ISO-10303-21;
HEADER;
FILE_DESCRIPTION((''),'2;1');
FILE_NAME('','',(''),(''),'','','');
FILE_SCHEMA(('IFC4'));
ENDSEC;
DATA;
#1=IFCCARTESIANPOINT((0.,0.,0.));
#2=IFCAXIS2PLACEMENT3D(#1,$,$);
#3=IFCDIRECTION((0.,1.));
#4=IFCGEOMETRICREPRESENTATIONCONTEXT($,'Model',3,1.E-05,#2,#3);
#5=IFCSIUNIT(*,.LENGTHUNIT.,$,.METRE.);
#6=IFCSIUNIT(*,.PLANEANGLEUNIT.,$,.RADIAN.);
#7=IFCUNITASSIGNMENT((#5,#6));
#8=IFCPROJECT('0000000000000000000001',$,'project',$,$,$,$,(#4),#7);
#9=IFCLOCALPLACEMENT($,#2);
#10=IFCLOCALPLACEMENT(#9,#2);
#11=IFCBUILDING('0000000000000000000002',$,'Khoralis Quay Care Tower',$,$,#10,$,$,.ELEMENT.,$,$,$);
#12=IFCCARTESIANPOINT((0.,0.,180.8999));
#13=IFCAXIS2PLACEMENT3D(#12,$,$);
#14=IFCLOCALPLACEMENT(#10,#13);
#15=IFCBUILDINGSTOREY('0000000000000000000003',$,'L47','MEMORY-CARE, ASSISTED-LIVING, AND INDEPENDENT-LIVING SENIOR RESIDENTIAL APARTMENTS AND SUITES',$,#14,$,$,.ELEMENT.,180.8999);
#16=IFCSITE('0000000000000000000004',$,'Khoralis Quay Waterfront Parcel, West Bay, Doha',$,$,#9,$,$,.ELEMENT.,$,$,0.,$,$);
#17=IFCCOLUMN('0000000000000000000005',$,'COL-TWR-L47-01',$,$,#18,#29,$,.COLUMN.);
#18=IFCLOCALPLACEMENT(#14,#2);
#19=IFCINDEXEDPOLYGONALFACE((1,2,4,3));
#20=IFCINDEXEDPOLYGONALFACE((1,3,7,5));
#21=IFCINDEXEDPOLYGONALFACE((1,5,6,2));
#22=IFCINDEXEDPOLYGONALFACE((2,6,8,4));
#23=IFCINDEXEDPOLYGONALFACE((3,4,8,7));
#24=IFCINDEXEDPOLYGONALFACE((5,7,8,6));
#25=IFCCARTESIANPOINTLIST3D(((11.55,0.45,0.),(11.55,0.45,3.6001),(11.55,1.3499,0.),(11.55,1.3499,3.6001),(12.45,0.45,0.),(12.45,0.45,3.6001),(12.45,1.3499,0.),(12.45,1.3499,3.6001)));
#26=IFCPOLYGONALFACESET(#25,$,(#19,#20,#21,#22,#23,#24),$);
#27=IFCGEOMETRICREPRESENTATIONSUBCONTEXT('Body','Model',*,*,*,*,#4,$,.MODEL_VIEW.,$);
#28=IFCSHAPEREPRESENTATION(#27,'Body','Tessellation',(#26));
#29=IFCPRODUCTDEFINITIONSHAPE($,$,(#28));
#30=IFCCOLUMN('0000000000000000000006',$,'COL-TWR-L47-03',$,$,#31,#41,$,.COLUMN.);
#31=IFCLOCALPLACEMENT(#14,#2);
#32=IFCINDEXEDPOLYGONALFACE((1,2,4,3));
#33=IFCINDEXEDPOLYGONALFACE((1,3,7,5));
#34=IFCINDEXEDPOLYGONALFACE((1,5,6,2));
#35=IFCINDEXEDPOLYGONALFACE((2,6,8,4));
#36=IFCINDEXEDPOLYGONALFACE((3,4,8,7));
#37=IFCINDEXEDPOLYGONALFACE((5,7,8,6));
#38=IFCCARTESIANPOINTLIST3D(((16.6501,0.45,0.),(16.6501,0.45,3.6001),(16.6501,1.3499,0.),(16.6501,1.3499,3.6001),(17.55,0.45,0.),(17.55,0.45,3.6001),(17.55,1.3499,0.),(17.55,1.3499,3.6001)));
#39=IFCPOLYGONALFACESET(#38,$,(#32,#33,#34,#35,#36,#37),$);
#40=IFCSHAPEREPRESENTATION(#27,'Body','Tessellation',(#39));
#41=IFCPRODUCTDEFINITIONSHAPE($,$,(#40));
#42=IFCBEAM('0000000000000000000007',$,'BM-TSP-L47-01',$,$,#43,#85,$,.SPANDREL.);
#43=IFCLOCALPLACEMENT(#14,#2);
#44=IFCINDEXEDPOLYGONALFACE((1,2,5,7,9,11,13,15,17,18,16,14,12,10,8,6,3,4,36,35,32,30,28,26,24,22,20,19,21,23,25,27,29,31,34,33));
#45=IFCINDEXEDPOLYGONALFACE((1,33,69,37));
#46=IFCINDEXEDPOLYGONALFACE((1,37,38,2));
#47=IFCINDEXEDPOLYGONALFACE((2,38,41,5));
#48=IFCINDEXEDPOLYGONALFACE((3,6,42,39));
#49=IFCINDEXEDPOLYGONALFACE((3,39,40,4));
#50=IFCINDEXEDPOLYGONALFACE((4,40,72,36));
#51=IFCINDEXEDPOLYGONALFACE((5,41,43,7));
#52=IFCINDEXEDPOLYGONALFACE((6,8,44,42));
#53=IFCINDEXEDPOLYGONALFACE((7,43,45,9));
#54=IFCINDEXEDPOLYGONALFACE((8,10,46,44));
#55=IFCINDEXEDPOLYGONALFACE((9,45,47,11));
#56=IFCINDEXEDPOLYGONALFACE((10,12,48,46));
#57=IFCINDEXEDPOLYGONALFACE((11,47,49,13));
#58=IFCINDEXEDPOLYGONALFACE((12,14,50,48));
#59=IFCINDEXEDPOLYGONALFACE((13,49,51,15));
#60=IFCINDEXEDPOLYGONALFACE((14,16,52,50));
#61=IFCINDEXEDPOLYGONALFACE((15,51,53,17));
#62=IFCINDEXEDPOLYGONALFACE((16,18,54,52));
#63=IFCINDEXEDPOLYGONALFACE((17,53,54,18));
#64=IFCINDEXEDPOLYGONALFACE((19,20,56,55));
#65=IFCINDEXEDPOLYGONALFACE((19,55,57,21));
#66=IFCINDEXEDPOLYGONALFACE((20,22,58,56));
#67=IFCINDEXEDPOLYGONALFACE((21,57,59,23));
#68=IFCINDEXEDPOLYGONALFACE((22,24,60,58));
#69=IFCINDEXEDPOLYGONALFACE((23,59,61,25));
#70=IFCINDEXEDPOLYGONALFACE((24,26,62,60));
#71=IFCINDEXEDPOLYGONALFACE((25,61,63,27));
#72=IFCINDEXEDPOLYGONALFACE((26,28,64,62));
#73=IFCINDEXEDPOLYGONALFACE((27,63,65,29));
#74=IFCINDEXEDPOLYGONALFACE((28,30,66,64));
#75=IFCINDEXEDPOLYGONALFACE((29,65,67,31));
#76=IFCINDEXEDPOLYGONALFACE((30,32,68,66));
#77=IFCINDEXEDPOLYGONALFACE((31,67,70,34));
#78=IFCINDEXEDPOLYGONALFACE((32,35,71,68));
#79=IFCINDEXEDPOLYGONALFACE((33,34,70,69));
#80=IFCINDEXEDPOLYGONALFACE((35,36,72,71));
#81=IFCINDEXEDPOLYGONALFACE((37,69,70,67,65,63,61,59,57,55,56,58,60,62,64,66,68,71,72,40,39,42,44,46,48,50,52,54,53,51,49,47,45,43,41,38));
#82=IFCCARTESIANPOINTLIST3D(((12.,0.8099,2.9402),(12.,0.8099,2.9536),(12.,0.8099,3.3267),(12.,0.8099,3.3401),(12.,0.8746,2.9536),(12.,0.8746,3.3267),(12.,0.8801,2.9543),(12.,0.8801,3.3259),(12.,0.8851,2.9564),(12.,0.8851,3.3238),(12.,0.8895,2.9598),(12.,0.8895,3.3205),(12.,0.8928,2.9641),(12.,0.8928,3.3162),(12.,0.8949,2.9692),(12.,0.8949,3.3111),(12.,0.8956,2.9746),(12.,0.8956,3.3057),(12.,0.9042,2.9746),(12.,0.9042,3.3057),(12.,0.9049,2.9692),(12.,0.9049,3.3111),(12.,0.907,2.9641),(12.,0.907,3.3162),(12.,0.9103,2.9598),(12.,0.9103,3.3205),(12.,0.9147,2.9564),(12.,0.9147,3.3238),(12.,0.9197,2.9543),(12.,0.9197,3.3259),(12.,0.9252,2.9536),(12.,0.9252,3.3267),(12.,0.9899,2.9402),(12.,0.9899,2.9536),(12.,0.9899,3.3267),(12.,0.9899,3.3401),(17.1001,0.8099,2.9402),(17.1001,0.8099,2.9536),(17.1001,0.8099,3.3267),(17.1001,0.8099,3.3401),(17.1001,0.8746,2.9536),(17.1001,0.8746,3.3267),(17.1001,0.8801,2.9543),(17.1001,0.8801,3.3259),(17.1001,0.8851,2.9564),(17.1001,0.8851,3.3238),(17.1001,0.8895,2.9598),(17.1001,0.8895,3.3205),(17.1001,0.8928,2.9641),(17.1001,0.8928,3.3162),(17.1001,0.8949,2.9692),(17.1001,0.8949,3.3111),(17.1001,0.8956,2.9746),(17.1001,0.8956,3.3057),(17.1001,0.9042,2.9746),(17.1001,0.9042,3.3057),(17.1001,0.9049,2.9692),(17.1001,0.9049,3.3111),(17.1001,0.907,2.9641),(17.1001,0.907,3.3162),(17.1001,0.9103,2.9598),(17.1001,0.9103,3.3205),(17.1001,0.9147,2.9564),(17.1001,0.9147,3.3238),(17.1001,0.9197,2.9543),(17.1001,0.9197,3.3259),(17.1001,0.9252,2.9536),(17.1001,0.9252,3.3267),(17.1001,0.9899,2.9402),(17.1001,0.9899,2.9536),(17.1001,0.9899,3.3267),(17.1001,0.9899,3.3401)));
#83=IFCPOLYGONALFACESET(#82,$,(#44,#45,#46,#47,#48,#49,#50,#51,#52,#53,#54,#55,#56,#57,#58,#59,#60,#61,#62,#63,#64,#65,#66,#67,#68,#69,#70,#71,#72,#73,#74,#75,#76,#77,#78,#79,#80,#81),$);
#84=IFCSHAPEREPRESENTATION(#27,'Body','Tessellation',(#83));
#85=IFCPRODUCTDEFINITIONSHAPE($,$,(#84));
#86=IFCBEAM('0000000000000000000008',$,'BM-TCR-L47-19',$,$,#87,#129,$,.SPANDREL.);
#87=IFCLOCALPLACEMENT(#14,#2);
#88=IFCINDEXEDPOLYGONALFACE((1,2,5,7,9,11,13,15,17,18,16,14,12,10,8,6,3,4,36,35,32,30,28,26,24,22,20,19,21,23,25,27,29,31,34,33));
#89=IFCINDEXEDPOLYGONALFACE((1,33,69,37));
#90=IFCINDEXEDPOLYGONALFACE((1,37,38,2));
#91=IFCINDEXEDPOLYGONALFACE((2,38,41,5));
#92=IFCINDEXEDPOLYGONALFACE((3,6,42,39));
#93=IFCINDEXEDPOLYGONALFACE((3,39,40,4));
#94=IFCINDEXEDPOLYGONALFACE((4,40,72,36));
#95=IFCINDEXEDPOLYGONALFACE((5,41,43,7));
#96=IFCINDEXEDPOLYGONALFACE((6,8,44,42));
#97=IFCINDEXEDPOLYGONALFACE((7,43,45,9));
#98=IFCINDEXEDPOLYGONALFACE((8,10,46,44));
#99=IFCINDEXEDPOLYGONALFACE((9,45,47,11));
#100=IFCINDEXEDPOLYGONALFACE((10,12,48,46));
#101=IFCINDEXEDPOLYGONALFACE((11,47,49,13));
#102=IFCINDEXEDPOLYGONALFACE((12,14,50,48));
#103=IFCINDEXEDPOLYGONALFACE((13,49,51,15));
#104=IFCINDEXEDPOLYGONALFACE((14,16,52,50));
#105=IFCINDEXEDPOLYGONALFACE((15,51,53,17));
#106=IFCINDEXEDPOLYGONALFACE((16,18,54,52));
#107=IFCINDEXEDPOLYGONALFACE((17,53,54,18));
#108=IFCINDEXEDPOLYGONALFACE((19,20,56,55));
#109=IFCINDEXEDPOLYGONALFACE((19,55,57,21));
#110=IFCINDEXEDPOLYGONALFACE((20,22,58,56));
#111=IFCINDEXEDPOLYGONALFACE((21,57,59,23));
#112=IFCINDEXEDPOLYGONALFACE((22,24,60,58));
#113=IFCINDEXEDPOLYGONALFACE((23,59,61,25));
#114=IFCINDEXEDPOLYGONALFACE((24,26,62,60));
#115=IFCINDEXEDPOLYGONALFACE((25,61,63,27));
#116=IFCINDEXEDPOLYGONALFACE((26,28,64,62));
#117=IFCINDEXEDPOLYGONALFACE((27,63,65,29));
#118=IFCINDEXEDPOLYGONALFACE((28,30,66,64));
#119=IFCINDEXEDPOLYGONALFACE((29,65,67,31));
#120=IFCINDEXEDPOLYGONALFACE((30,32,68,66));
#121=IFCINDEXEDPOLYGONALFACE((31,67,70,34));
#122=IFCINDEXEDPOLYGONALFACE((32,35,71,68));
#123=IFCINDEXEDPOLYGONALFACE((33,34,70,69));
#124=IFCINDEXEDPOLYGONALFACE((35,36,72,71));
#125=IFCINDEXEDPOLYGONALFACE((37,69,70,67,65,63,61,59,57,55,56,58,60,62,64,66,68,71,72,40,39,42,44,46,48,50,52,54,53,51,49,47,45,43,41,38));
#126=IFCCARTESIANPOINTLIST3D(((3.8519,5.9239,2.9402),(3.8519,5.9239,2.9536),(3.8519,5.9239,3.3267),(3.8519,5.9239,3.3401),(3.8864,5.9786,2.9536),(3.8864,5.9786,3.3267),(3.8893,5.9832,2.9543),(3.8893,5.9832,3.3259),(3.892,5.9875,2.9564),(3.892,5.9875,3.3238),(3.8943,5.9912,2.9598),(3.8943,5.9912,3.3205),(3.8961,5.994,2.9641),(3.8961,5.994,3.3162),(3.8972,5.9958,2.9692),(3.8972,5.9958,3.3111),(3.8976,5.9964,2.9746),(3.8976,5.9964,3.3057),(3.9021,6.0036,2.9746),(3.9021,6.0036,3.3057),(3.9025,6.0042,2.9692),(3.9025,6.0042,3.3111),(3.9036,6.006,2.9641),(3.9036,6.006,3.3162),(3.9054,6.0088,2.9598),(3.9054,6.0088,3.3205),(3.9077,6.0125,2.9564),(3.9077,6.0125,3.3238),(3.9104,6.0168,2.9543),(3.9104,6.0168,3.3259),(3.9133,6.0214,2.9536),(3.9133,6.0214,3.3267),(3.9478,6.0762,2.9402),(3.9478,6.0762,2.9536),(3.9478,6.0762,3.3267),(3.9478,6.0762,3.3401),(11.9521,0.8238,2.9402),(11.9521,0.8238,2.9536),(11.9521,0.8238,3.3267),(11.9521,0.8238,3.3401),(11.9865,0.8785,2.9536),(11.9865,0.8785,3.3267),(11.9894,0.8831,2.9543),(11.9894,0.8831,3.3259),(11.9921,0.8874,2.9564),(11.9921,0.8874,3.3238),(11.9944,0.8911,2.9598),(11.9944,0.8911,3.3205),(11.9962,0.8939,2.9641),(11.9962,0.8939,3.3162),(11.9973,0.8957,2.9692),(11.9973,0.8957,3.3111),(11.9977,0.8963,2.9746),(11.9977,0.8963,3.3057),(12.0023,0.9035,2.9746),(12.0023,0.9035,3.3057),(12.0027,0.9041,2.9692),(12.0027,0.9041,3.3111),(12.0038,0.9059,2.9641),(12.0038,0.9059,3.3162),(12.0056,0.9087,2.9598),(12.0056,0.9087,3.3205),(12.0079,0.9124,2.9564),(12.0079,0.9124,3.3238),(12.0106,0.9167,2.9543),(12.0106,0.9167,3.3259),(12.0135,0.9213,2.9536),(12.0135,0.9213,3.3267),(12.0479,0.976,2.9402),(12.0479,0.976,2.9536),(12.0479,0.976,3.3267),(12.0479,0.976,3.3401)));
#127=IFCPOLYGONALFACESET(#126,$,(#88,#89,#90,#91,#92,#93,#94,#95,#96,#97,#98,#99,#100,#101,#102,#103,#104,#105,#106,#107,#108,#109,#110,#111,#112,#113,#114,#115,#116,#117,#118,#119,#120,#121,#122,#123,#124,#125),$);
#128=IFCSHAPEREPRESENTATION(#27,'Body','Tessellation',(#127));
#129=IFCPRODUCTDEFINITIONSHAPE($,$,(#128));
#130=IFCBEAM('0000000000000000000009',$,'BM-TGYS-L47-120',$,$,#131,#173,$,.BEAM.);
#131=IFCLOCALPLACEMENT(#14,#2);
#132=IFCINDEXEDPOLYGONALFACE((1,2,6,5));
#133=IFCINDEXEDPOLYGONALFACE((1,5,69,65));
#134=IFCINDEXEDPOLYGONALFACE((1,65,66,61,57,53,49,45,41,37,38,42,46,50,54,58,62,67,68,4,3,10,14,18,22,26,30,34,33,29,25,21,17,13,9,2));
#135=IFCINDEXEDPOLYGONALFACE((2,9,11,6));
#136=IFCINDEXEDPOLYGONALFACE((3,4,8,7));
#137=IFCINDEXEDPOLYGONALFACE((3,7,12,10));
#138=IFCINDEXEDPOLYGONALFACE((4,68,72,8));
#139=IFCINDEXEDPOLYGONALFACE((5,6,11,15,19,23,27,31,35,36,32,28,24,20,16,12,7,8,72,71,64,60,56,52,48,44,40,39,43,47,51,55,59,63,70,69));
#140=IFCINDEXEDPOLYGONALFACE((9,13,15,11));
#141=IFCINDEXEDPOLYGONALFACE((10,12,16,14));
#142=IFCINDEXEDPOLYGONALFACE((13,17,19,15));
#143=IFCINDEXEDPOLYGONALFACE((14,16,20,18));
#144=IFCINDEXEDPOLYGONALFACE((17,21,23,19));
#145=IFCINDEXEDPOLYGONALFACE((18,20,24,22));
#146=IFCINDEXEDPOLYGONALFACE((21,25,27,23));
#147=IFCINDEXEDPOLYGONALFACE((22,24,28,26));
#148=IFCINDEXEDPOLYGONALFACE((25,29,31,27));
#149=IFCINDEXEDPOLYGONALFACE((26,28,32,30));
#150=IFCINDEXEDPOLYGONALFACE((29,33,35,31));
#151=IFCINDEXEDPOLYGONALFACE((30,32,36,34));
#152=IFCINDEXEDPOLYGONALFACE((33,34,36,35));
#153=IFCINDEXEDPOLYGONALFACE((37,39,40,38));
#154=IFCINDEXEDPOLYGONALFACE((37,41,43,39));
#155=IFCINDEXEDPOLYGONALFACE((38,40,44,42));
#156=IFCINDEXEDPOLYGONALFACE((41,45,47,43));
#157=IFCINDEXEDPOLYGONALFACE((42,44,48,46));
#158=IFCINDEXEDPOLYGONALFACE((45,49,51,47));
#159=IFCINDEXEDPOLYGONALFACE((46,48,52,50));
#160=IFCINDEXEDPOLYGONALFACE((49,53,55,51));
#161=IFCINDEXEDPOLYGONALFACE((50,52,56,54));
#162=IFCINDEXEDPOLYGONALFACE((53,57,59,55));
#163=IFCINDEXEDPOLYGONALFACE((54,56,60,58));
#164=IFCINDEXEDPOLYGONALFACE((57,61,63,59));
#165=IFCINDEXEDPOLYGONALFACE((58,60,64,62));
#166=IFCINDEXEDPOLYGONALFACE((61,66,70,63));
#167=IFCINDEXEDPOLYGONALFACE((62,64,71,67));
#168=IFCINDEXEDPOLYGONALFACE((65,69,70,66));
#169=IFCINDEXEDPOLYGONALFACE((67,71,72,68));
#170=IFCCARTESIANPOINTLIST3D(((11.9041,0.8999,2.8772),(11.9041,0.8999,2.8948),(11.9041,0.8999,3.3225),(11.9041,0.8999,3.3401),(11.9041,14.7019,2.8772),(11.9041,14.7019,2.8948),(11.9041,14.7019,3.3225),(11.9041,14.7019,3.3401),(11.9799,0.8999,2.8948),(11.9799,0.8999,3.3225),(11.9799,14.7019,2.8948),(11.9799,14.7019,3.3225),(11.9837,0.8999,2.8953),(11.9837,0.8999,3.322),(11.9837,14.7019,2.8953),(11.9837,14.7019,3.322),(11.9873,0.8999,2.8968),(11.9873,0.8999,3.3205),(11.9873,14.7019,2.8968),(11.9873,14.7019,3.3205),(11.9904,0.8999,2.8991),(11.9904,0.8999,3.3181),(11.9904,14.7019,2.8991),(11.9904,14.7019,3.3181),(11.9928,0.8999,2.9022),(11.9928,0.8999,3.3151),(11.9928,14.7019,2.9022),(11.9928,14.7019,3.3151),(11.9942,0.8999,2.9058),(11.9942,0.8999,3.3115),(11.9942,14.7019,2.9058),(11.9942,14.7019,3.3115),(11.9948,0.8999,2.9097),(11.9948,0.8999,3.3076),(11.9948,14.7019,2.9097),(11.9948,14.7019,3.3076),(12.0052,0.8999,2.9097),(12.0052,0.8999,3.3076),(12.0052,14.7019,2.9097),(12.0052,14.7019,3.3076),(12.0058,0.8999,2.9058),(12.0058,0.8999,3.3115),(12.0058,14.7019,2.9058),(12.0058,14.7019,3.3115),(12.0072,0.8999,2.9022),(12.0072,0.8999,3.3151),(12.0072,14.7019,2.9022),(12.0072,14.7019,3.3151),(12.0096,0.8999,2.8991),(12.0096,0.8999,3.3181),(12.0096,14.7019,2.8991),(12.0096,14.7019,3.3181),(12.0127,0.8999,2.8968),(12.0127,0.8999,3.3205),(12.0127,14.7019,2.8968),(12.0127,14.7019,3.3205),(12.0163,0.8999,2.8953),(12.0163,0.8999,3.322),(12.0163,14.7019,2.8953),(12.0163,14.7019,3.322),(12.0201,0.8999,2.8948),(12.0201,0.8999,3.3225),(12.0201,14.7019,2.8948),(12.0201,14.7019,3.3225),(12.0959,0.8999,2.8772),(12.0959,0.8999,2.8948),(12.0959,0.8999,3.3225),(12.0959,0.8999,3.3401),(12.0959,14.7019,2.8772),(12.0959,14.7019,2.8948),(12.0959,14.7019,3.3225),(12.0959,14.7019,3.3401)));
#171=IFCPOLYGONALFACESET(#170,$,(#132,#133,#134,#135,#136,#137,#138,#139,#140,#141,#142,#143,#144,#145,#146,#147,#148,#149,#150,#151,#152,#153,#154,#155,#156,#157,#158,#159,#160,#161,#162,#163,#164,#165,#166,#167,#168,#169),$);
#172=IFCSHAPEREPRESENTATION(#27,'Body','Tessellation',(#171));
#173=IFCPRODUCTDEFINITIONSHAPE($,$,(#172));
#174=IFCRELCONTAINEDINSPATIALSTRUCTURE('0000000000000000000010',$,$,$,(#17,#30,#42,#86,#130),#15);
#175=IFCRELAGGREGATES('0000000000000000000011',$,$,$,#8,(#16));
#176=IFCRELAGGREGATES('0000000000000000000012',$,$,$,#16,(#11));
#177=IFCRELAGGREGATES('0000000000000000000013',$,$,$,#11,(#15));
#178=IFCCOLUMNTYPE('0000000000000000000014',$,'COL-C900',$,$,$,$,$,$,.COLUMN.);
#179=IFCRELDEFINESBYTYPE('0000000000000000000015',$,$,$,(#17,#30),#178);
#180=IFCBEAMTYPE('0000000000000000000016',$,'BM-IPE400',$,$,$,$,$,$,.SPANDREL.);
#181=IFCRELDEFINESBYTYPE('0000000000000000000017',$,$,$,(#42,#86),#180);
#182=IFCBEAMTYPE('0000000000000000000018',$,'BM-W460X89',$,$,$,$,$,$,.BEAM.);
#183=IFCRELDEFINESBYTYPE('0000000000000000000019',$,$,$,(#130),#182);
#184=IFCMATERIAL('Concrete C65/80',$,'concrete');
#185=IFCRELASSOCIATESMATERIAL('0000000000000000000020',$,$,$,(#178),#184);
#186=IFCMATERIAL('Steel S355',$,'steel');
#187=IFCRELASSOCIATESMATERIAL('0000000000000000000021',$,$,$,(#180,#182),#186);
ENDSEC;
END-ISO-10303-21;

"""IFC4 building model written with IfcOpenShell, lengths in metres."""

from ifc_helpers import new_model, si_unit, direction, frame, origin, origin_2d, place, context, subcontext, project, spatial, rectangle, i_section, extrude, source, transform, mapped, material, material_profile, profile_set, type_object, element, save


model = new_model("IFC4")

# Units and contexts
model_context = context("Model", 3, precision=1e-05, world=origin(), true_north=direction((0.0, 1.0)))
body_context = subcontext(model_context, "Body", "Model", "MODEL_VIEW")
ifc_project = project(units=[si_unit("LENGTHUNIT", "METRE"), si_unit("PLANEANGLEUNIT", "RADIAN")], contexts=[model_context])

# Site, building, storey
site_placement = place(None, origin())
site = spatial("IfcSite", under=ifc_project, at=site_placement, Name="Khoralis Quay Waterfront Parcel, West Bay, Doha", CompositionType="ELEMENT", RefElevation=0.0)
building_placement = place(site_placement, origin())
building = spatial("IfcBuilding", under=site, at=building_placement, Name="Khoralis Quay Care Tower", CompositionType="ELEMENT")
storey_placement = place(building_placement, frame((0.0, 0.0, 180.8999)))
storey = spatial("IfcBuildingStorey", under=building, at=storey_placement, Name="L47", Description="MEMORY-CARE, ASSISTED-LIVING, AND INDEPENDENT-LIVING SENIOR RESIDENTIAL APARTMENTS AND SUITES", CompositionType="ELEMENT", Elevation=180.8999)

# Columns
ifc_material_1 = material(Name="Concrete C65/80", Category="concrete")
ifc_material_profile_1 = material_profile(ifc_material_1, rectangle(XDim=0.8999, YDim=0.8999, at=origin_2d()), Name="Concrete C65/80")
ifc_profile_set_1 = profile_set([ifc_material_profile_1], Name="Concrete C65/80")
column_type = type_object("IfcColumnType", Name="COL-C900", PredefinedType="COLUMN", material=ifc_profile_set_1)
shared_shape_1 = source(origin(), body_context, "Body", "SweptSolid", [
    extrude(rectangle(XDim=0.8999, YDim=0.8999, at=origin_2d()), origin(), (0.0, 0.0, 1.0), 3.6001),
])
for number, where, z_axis, x_axis, name in (
    (1, (12.0, 0.8999, 0.0), (0.0, 0.0, 1.0), (1.0, 0.0, 0.0), "COL-TWR-L47-01"),
    (2, (17.1001, 0.8999, 0.0), (0.0, 0.0, 1.0), (1.0, 0.0, 0.0), "COL-TWR-L47-03"),
):
    element("IfcColumn", number, at=place(storey_placement, frame(where, z_axis=z_axis, x_axis=x_axis)), inside=storey, type_object=column_type, Name=name, PredefinedType="COLUMN", context=body_context, shape_type="MappedRepresentation", body=[
        mapped(shared_shape_1, transform((0.0, 0.0, 0.0), scale=1.0)),
    ])

# Beams
ifc_material_2 = material(Name="Steel S355", Category="steel")
ifc_material_profile_2 = material_profile(ifc_material_2, i_section(OverallWidth=0.1799, OverallDepth=0.3999, WebThickness=0.0085, FlangeThickness=0.0134, FilletRadius=0.021, at=origin_2d()), Name="Steel S355")
ifc_profile_set_2 = profile_set([ifc_material_profile_2], Name="Steel S355")
beam_type_1 = type_object("IfcBeamType", Name="BM-IPE400", PredefinedType="SPANDREL", material=ifc_profile_set_2)
shared_shape_2 = source(origin(), body_context, "Body", "SweptSolid", [
    extrude(i_section(OverallWidth=0.1799, OverallDepth=0.3999, WebThickness=0.0085, FlangeThickness=0.0134, FilletRadius=0.021, at=origin_2d()), origin(), (0.0, 0.0, 1.0), 5.1001),
])
beam_1_placement = place(storey_placement, frame((12.0, 0.8999, 3.1401), z_axis=(1.0, 0.0, 0.0), x_axis=(0.0, 1.0, 0.0)))
element("IfcBeam", 3, at=beam_1_placement, inside=storey, type_object=beam_type_1, Name="BM-TSP-L47-01", PredefinedType="SPANDREL", context=body_context, shape_type="MappedRepresentation", body=[
    mapped(shared_shape_2, transform((0.0, 0.0, 0.0), scale=1.0)),
])
shared_shape_3 = source(origin(), body_context, "Body", "SweptSolid", [
    extrude(i_section(OverallWidth=0.1799, OverallDepth=0.3999, WebThickness=0.0085, FlangeThickness=0.0134, FilletRadius=0.021, at=origin_2d()), origin(), (0.0, 0.0, 1.0), 9.572),
])
beam_2_placement = place(storey_placement, frame((12.0, 0.8999, 3.1401), z_axis=(-0.846231, 0.532816, 0.0), x_axis=(-0.532816, -0.846231, 0.0)))
element("IfcBeam", 4, at=beam_2_placement, inside=storey, type_object=beam_type_1, Name="BM-TCR-L47-19", PredefinedType="SPANDREL", context=body_context, shape_type="MappedRepresentation", body=[
    mapped(shared_shape_3, transform((0.0, 0.0, 0.0), scale=1.0)),
])
ifc_material_profile_3 = material_profile(ifc_material_2, i_section(OverallWidth=0.1919, OverallDepth=0.4629, WebThickness=0.0105, FlangeThickness=0.0176, FilletRadius=0.0149, at=origin_2d()), Name="Steel S355")
ifc_profile_set_3 = profile_set([ifc_material_profile_3], Name="Steel S355")
beam_type_2 = type_object("IfcBeamType", Name="BM-W460X89", PredefinedType="BEAM", material=ifc_profile_set_3)
shared_shape_4 = source(origin(), body_context, "Body", "SweptSolid", [
    extrude(i_section(OverallWidth=0.1919, OverallDepth=0.4629, WebThickness=0.0105, FlangeThickness=0.0176, FilletRadius=0.0149, at=origin_2d()), origin(), (0.0, 0.0, 1.0), 13.802),
])
beam_3_placement = place(storey_placement, frame((12.0, 0.8999, 3.1086), z_axis=(0.0, 1.0, 0.0), x_axis=(-1.0, 0.0, 0.0)))
element("IfcBeam", 5, at=beam_3_placement, inside=storey, type_object=beam_type_2, Name="BM-TGYS-L47-120", PredefinedType="BEAM", context=body_context, shape_type="MappedRepresentation", body=[
    mapped(shared_shape_4, transform((0.0, 0.0, 0.0), scale=1.0)),
])

save(model, "model.ifc")
